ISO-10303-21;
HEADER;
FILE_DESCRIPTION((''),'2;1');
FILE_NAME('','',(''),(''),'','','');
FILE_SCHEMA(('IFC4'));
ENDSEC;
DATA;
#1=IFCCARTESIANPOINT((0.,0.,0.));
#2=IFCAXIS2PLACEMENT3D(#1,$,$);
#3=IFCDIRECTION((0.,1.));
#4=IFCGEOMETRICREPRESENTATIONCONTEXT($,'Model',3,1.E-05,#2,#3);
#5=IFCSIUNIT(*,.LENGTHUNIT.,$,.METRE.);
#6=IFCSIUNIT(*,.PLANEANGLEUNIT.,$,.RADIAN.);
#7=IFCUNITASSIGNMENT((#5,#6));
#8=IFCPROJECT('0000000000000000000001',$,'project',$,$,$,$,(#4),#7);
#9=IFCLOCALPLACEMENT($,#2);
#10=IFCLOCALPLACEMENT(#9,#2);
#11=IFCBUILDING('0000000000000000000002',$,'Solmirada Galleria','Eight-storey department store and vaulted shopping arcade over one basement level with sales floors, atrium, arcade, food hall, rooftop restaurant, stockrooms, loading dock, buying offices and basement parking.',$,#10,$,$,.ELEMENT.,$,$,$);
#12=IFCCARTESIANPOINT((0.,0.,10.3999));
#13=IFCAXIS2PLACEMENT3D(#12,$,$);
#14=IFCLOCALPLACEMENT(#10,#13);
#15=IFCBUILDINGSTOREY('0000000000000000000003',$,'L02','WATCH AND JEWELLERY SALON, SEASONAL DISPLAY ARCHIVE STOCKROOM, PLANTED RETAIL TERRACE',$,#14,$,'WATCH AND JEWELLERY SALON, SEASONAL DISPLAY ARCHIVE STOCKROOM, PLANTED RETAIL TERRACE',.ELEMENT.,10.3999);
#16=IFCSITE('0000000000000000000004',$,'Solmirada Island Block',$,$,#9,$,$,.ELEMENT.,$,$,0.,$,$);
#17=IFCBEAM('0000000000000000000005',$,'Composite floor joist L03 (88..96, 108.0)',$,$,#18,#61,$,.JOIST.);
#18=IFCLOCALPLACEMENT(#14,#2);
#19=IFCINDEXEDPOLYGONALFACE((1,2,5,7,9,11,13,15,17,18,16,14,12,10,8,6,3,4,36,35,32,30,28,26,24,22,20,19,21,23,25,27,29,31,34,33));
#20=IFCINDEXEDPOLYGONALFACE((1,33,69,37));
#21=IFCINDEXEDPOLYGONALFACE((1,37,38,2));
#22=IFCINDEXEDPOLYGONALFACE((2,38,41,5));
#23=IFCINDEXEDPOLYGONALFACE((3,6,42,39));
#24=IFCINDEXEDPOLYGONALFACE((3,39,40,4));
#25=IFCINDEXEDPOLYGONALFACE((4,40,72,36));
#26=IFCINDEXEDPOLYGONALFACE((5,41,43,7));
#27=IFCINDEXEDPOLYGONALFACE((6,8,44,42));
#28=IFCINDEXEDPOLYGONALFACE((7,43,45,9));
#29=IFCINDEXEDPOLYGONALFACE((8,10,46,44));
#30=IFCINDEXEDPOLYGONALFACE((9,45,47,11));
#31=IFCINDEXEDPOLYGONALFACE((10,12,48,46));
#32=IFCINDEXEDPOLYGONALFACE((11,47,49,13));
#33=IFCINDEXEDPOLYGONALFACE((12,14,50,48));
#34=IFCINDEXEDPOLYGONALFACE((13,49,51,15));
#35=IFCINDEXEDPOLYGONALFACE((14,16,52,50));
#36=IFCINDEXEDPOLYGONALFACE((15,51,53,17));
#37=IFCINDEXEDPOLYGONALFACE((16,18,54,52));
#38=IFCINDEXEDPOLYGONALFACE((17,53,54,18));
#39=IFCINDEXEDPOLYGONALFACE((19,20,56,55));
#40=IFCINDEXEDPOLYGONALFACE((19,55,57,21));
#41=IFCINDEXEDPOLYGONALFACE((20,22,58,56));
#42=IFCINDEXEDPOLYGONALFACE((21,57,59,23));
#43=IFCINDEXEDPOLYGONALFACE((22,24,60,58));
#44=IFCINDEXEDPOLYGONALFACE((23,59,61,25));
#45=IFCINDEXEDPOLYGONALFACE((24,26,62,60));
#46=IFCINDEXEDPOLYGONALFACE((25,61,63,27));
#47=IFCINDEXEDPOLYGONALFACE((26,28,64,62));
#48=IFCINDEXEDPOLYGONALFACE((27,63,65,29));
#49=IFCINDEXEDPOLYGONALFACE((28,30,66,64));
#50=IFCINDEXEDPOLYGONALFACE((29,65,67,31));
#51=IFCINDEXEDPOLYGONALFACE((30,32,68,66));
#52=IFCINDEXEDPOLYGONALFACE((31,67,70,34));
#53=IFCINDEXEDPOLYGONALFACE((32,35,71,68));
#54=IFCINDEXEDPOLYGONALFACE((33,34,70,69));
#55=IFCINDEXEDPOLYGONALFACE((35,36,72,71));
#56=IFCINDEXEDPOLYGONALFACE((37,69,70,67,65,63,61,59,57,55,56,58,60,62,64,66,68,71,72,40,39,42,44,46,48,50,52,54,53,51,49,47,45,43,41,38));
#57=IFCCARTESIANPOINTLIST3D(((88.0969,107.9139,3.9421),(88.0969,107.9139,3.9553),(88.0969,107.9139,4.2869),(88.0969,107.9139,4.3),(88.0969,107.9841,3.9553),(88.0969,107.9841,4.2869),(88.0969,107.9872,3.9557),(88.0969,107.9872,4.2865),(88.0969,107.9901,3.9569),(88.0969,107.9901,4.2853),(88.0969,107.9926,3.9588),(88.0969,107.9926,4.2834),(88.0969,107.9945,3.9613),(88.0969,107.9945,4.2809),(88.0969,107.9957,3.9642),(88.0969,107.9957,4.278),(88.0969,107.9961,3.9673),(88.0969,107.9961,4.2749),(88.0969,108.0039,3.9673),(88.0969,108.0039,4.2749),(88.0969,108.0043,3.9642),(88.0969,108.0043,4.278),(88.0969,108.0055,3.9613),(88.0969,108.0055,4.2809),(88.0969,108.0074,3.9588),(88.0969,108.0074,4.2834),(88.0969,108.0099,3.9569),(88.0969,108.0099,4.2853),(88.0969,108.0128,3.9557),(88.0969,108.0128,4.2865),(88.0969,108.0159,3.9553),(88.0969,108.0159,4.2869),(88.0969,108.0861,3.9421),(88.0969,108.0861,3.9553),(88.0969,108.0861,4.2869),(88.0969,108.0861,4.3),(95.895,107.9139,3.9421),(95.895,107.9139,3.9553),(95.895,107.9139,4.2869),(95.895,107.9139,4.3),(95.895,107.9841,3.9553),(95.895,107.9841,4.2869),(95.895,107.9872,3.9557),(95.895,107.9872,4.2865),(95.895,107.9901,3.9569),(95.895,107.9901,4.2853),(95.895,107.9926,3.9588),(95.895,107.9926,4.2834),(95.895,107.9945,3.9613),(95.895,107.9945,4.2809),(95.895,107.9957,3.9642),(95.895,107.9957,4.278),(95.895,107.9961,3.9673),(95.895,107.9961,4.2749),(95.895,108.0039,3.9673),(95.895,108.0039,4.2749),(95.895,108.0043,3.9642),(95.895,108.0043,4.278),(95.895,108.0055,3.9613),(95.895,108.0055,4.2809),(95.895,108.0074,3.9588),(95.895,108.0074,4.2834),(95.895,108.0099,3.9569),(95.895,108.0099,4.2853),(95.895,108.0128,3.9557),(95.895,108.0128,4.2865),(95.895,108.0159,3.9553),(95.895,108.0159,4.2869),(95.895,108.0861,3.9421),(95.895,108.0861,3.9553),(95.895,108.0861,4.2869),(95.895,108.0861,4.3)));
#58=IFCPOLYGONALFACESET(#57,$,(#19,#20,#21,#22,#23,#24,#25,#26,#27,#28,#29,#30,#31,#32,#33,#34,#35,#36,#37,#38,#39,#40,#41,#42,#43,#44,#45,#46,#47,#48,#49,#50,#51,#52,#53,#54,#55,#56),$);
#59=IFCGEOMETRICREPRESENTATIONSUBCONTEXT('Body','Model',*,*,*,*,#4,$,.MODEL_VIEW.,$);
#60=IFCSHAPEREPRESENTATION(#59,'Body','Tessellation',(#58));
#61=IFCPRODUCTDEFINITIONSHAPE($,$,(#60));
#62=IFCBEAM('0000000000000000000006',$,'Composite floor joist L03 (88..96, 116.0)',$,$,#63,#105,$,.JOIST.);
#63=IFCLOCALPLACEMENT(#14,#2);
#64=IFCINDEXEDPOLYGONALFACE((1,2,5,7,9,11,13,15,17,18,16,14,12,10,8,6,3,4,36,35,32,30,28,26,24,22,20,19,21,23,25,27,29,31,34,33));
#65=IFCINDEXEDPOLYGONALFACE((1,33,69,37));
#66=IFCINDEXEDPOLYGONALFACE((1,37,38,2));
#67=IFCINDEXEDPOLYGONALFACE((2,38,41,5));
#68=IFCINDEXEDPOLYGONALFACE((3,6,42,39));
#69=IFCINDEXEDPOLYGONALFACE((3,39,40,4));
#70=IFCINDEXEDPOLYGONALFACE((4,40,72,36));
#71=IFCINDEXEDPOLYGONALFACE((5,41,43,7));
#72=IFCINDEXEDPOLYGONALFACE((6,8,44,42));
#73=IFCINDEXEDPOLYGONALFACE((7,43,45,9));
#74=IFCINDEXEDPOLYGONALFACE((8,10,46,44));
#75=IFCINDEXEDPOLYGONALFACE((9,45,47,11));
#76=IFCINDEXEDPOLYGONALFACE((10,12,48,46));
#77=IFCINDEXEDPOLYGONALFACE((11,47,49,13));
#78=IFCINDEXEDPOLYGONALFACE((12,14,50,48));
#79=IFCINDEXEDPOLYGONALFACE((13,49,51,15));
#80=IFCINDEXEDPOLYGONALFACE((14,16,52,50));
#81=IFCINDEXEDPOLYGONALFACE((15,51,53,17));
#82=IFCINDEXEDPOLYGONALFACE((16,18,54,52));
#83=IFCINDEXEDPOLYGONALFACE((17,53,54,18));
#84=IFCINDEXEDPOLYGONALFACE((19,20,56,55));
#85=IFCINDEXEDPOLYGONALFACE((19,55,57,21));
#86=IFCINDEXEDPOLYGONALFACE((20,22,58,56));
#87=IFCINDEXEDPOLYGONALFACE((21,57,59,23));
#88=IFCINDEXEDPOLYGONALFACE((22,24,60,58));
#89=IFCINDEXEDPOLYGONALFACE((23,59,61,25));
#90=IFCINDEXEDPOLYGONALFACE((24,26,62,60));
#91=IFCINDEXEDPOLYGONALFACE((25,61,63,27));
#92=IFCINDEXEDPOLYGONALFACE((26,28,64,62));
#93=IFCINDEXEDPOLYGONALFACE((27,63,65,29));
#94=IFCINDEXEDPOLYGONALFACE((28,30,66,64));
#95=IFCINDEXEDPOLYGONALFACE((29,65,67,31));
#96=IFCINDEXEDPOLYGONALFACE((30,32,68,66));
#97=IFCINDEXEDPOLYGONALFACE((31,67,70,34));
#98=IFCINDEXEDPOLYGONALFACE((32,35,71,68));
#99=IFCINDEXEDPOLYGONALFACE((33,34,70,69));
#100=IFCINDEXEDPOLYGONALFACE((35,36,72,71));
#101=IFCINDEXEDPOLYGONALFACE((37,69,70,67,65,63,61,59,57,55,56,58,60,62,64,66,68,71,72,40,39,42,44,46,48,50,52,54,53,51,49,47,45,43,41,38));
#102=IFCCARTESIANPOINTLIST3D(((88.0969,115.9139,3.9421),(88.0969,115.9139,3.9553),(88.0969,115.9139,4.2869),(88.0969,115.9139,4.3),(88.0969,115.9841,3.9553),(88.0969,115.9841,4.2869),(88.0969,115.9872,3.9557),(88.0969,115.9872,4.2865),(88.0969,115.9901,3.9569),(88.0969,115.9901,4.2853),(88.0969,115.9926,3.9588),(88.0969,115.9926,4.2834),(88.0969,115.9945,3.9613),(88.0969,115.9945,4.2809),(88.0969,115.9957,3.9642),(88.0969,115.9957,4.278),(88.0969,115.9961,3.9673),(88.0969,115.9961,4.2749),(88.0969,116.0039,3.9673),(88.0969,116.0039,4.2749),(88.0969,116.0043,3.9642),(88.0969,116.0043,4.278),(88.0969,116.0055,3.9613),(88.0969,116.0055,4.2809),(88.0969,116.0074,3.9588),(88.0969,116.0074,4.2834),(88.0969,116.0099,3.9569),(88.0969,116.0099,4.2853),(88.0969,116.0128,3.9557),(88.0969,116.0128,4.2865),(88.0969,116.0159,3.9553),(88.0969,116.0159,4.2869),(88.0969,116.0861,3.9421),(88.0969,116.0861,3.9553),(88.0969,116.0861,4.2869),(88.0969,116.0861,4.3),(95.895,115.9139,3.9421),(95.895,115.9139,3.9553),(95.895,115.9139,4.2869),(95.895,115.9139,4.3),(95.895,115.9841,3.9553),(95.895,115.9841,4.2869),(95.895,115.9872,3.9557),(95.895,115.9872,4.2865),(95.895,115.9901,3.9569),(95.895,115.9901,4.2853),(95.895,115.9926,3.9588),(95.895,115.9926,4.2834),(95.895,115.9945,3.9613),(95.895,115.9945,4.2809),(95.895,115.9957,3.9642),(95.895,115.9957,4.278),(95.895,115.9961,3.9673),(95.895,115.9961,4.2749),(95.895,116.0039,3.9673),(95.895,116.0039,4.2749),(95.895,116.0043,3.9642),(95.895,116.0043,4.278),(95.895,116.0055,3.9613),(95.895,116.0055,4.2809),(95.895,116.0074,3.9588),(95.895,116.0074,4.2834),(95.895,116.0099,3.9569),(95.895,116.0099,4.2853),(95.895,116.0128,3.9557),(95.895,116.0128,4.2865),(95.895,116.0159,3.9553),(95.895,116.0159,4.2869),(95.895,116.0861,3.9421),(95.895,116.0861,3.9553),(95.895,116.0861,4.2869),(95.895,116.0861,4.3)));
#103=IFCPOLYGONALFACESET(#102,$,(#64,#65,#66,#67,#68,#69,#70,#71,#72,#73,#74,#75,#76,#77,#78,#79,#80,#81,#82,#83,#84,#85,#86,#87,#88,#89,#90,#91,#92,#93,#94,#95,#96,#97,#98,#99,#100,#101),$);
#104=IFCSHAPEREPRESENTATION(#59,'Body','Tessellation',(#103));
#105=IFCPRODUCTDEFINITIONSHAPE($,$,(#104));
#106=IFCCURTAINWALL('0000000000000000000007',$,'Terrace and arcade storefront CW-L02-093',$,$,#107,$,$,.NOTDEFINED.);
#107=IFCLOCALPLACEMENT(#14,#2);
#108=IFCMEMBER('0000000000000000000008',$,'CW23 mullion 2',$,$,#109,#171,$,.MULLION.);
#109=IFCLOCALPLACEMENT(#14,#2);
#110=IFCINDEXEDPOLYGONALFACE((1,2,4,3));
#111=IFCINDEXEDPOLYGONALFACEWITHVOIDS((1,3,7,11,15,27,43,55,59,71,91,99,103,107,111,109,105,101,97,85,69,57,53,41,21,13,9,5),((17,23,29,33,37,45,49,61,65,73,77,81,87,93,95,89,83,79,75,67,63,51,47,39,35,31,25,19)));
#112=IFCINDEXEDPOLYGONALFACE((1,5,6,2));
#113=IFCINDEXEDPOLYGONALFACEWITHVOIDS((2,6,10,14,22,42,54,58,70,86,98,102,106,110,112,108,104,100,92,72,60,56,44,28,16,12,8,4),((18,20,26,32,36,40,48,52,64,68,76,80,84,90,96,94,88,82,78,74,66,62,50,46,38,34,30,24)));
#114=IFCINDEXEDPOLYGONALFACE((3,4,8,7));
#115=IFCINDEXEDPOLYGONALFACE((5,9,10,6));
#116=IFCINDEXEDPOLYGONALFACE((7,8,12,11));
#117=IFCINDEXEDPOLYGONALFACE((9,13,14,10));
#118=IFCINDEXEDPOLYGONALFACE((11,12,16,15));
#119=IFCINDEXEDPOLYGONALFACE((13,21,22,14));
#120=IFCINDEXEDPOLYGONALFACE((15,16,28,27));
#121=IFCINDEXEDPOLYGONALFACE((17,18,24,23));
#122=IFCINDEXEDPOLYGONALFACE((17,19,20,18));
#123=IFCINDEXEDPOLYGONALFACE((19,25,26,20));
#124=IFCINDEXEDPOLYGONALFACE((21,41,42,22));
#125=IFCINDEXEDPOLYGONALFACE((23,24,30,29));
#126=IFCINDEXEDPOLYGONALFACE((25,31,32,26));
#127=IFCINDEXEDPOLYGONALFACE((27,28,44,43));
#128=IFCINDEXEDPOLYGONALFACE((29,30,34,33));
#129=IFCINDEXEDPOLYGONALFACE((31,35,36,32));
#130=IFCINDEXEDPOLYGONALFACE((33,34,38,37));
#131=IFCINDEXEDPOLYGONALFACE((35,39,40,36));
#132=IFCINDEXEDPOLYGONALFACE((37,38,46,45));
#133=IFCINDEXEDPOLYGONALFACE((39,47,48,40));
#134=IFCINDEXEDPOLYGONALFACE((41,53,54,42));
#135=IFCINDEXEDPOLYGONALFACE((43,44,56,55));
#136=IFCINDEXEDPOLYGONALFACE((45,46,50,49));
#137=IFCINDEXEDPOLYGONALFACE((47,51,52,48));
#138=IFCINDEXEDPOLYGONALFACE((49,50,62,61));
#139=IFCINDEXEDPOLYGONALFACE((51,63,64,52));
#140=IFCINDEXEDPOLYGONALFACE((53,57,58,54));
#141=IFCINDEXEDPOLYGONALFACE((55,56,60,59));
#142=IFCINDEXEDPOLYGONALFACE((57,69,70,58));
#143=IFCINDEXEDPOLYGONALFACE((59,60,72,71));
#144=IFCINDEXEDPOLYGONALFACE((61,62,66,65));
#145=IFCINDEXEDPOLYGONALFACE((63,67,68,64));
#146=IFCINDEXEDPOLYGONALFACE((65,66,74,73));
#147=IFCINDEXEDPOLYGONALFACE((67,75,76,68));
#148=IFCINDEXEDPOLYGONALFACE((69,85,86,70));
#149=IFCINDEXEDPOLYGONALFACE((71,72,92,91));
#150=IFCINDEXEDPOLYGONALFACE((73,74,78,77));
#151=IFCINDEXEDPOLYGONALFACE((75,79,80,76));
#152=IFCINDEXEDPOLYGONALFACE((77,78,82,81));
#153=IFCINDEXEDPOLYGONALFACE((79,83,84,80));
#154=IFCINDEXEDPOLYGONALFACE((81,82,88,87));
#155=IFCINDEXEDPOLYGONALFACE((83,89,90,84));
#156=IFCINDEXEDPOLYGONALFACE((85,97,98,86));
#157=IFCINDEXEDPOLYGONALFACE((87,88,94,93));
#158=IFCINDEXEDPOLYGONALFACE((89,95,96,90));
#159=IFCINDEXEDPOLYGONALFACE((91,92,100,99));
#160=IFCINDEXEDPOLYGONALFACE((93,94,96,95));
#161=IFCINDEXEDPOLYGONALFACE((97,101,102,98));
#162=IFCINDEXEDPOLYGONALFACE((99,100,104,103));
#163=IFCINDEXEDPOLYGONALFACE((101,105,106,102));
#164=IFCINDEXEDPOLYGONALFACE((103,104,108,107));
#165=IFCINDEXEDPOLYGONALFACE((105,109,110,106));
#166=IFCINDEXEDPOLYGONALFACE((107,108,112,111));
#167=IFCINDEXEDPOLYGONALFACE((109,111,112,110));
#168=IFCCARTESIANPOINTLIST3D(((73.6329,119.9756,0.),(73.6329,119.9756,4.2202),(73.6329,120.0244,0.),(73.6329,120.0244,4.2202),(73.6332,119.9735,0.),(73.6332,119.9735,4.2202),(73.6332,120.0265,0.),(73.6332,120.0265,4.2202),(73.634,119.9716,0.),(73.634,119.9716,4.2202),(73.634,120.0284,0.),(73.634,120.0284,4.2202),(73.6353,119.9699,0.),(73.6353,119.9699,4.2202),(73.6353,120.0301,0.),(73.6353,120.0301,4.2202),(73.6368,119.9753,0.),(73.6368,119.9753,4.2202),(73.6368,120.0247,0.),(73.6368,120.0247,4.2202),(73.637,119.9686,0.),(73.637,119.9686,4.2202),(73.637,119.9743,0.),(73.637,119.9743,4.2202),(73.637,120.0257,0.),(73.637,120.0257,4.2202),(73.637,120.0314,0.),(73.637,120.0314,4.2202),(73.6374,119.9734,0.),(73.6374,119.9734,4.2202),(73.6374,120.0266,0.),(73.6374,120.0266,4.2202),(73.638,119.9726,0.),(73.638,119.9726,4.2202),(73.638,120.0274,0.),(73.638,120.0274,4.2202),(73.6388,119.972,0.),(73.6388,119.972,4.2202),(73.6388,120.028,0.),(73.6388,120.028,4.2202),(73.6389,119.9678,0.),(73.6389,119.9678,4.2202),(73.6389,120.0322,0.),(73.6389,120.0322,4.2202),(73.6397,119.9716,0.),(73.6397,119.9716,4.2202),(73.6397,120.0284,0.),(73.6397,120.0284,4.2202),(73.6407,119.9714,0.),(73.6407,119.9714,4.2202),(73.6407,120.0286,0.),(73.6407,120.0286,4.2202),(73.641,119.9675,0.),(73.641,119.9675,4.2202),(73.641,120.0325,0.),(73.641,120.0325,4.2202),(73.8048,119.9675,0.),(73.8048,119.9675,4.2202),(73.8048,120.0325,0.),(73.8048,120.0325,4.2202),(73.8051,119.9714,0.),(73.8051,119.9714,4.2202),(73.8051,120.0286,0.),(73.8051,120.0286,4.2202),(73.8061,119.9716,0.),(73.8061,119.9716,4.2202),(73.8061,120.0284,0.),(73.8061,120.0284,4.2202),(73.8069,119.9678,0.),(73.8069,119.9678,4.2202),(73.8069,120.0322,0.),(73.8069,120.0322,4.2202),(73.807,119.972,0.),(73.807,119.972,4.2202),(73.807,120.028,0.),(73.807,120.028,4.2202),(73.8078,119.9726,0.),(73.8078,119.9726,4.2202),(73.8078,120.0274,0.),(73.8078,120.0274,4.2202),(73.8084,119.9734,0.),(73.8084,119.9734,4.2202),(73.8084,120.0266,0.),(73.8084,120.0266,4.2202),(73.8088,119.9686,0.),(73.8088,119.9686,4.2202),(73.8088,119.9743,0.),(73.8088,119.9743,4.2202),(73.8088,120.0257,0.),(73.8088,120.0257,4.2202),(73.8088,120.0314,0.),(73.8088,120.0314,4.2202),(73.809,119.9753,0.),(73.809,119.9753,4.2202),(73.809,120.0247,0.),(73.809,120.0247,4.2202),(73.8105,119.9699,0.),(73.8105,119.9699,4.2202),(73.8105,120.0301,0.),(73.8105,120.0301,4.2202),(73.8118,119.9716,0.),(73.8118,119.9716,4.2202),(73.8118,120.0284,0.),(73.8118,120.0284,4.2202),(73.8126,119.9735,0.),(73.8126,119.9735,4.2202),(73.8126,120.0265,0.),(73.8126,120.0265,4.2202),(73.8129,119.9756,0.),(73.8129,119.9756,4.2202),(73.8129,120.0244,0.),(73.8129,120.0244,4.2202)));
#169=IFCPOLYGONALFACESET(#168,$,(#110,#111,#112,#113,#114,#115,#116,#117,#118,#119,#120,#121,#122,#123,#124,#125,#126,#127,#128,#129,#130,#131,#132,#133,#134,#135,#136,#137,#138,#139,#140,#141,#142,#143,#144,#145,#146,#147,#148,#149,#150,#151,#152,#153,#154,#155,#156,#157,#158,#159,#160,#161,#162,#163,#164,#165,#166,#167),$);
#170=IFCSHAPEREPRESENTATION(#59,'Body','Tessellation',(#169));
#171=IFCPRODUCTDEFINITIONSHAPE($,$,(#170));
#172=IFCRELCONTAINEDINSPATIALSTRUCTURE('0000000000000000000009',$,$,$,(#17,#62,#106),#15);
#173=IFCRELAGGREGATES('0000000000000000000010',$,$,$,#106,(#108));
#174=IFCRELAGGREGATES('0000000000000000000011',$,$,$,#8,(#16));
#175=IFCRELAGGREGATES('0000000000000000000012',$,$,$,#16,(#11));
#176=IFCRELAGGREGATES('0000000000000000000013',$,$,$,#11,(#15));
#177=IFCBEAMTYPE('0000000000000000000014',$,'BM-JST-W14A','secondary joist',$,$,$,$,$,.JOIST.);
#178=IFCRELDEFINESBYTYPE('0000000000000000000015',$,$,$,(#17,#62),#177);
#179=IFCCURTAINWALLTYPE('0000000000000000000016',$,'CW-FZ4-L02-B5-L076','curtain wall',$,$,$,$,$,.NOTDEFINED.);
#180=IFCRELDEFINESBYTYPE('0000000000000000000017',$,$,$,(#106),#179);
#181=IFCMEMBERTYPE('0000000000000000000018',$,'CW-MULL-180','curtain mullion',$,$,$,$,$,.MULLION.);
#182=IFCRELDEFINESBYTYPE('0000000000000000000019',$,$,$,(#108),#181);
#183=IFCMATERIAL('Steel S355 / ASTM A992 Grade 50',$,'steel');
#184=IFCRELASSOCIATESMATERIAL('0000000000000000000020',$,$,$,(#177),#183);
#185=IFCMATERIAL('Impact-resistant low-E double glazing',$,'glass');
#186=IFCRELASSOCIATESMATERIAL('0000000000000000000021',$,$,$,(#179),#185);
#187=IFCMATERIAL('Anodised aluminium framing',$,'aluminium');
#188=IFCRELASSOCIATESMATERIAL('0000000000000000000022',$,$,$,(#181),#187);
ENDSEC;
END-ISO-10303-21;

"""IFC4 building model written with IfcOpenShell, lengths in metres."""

from ifc_helpers import new_model, si_unit, direction, frame, origin, origin_2d, place, context, subcontext, project, spatial, hollow_rectangle, i_section, extrude, material, material_profile, profile_set, type_object, element, aggregate, save


model = new_model("IFC4")

# Units and contexts
model_context = context("Model", 3, precision=1e-05, world=origin(), true_north=direction((0.0, 1.0)))
body_context = subcontext(model_context, "Body", "Model", "MODEL_VIEW")
ifc_project = project(units=[si_unit("LENGTHUNIT", "METRE"), si_unit("PLANEANGLEUNIT", "RADIAN")], contexts=[model_context])

# Site, building, storey
site_placement = place(None, origin())
site = spatial("IfcSite", under=ifc_project, at=site_placement, Name="Solmirada Island Block", CompositionType="ELEMENT", RefElevation=0.0)
building_placement = place(site_placement, origin())
building = spatial("IfcBuilding", under=site, at=building_placement, Name="Solmirada Galleria", Description="Eight-storey department store and vaulted shopping arcade over one basement level with sales floors, atrium, arcade, food hall, rooftop restaurant, stockrooms, loading dock, buying offices and basement parking.", CompositionType="ELEMENT")
storey_placement = place(building_placement, frame((0.0, 0.0, 10.3999)))
storey = spatial("IfcBuildingStorey", under=building, at=storey_placement, Name="L02", Description="WATCH AND JEWELLERY SALON, SEASONAL DISPLAY ARCHIVE STOCKROOM, PLANTED RETAIL TERRACE", LongName="WATCH AND JEWELLERY SALON, SEASONAL DISPLAY ARCHIVE STOCKROOM, PLANTED RETAIL TERRACE", CompositionType="ELEMENT", Elevation=10.3999)

# Beams
ifc_material_1 = material(Name="Steel S355 / ASTM A992 Grade 50", Category="steel")
ifc_material_profile_1 = material_profile(ifc_material_1, i_section(OverallWidth=0.1721, OverallDepth=0.3579, WebThickness=0.0078, FlangeThickness=0.0132, FilletRadius=0.012, at=origin_2d()), Name="W14X38")
ifc_profile_set_1 = profile_set([ifc_material_profile_1], Name="Steel S355 / ASTM A992 Grade 50")
beam_type_1 = type_object("IfcBeamType", Name="BM-JST-W14A", Description="secondary joist", PredefinedType="JOIST", material=ifc_profile_set_1)
for number, where, z_axis, x_axis, name in (
    (1, (88.0969, 108.0, 4.1211), (1.0, 0.0, 0.0), (0.0, 1.0, 0.0), "Composite floor joist L03 (88..96, 108.0)"),
    (2, (88.0969, 116.0, 4.1211), (1.0, 0.0, 0.0), (0.0, 1.0, 0.0), "Composite floor joist L03 (88..96, 116.0)"),
):
    element("IfcBeam", number, at=place(storey_placement, frame(where, z_axis=z_axis, x_axis=x_axis)), inside=storey, type_object=beam_type_1, Name=name, PredefinedType="JOIST", context=body_context, shape_type="SweptSolid", body=[
        extrude(i_section(OverallWidth=0.1721, OverallDepth=0.3579, WebThickness=0.0078, FlangeThickness=0.0132, FilletRadius=0.012, at=origin_2d()), origin(), (0.0, 0.0, 1.0), 7.7981),
    ])

# Curtain wall, member
ifc_material_2 = material(Name="Impact-resistant low-E double glazing", Category="glass")
curtain_wall_type = type_object("IfcCurtainWallType", Name="CW-FZ4-L02-B5-L076", Description="curtain wall", PredefinedType="NOTDEFINED", material=ifc_material_2)
curtain_wall_placement = place(storey_placement, origin())
curtain_wall = element("IfcCurtainWall", 3, at=curtain_wall_placement, inside=storey, type_object=curtain_wall_type, Name="Terrace and arcade storefront CW-L02-093", PredefinedType="NOTDEFINED")
ifc_material_3 = material(Name="Anodised aluminium framing", Category="aluminium")
ifc_material_profile_2 = material_profile(ifc_material_3, hollow_rectangle(XDim=0.0649, YDim=0.1799, WallThickness=0.0039, InnerFilletRadius=0.0039, OuterFilletRadius=0.0081, at=origin_2d()), Name="ALU-MULL-180X65")
ifc_profile_set_2 = profile_set([ifc_material_profile_2], Name="Anodised aluminium framing")
member_type_1 = type_object("IfcMemberType", Name="CW-MULL-180", Description="curtain mullion", PredefinedType="MULLION", material=ifc_profile_set_2)
member_1_placement = place(storey_placement, frame((73.7229, 120.0, 0.0), z_axis=(0.0, 0.0, 1.0), x_axis=(0.0, 1.0, 0.0)))
member_1 = element("IfcMember", 4, at=member_1_placement, type_object=member_type_1, Name="CW23 mullion 2", PredefinedType="MULLION", context=body_context, shape_type="SweptSolid", body=[
    extrude(hollow_rectangle(XDim=0.0649, YDim=0.1799, WallThickness=0.0039, InnerFilletRadius=0.0039, OuterFilletRadius=0.0081, at=origin_2d()), origin(), (0.0, 0.0, 1.0), 4.2202),
])
aggregate(curtain_wall, [member_1])

save(model, "model.ifc")
